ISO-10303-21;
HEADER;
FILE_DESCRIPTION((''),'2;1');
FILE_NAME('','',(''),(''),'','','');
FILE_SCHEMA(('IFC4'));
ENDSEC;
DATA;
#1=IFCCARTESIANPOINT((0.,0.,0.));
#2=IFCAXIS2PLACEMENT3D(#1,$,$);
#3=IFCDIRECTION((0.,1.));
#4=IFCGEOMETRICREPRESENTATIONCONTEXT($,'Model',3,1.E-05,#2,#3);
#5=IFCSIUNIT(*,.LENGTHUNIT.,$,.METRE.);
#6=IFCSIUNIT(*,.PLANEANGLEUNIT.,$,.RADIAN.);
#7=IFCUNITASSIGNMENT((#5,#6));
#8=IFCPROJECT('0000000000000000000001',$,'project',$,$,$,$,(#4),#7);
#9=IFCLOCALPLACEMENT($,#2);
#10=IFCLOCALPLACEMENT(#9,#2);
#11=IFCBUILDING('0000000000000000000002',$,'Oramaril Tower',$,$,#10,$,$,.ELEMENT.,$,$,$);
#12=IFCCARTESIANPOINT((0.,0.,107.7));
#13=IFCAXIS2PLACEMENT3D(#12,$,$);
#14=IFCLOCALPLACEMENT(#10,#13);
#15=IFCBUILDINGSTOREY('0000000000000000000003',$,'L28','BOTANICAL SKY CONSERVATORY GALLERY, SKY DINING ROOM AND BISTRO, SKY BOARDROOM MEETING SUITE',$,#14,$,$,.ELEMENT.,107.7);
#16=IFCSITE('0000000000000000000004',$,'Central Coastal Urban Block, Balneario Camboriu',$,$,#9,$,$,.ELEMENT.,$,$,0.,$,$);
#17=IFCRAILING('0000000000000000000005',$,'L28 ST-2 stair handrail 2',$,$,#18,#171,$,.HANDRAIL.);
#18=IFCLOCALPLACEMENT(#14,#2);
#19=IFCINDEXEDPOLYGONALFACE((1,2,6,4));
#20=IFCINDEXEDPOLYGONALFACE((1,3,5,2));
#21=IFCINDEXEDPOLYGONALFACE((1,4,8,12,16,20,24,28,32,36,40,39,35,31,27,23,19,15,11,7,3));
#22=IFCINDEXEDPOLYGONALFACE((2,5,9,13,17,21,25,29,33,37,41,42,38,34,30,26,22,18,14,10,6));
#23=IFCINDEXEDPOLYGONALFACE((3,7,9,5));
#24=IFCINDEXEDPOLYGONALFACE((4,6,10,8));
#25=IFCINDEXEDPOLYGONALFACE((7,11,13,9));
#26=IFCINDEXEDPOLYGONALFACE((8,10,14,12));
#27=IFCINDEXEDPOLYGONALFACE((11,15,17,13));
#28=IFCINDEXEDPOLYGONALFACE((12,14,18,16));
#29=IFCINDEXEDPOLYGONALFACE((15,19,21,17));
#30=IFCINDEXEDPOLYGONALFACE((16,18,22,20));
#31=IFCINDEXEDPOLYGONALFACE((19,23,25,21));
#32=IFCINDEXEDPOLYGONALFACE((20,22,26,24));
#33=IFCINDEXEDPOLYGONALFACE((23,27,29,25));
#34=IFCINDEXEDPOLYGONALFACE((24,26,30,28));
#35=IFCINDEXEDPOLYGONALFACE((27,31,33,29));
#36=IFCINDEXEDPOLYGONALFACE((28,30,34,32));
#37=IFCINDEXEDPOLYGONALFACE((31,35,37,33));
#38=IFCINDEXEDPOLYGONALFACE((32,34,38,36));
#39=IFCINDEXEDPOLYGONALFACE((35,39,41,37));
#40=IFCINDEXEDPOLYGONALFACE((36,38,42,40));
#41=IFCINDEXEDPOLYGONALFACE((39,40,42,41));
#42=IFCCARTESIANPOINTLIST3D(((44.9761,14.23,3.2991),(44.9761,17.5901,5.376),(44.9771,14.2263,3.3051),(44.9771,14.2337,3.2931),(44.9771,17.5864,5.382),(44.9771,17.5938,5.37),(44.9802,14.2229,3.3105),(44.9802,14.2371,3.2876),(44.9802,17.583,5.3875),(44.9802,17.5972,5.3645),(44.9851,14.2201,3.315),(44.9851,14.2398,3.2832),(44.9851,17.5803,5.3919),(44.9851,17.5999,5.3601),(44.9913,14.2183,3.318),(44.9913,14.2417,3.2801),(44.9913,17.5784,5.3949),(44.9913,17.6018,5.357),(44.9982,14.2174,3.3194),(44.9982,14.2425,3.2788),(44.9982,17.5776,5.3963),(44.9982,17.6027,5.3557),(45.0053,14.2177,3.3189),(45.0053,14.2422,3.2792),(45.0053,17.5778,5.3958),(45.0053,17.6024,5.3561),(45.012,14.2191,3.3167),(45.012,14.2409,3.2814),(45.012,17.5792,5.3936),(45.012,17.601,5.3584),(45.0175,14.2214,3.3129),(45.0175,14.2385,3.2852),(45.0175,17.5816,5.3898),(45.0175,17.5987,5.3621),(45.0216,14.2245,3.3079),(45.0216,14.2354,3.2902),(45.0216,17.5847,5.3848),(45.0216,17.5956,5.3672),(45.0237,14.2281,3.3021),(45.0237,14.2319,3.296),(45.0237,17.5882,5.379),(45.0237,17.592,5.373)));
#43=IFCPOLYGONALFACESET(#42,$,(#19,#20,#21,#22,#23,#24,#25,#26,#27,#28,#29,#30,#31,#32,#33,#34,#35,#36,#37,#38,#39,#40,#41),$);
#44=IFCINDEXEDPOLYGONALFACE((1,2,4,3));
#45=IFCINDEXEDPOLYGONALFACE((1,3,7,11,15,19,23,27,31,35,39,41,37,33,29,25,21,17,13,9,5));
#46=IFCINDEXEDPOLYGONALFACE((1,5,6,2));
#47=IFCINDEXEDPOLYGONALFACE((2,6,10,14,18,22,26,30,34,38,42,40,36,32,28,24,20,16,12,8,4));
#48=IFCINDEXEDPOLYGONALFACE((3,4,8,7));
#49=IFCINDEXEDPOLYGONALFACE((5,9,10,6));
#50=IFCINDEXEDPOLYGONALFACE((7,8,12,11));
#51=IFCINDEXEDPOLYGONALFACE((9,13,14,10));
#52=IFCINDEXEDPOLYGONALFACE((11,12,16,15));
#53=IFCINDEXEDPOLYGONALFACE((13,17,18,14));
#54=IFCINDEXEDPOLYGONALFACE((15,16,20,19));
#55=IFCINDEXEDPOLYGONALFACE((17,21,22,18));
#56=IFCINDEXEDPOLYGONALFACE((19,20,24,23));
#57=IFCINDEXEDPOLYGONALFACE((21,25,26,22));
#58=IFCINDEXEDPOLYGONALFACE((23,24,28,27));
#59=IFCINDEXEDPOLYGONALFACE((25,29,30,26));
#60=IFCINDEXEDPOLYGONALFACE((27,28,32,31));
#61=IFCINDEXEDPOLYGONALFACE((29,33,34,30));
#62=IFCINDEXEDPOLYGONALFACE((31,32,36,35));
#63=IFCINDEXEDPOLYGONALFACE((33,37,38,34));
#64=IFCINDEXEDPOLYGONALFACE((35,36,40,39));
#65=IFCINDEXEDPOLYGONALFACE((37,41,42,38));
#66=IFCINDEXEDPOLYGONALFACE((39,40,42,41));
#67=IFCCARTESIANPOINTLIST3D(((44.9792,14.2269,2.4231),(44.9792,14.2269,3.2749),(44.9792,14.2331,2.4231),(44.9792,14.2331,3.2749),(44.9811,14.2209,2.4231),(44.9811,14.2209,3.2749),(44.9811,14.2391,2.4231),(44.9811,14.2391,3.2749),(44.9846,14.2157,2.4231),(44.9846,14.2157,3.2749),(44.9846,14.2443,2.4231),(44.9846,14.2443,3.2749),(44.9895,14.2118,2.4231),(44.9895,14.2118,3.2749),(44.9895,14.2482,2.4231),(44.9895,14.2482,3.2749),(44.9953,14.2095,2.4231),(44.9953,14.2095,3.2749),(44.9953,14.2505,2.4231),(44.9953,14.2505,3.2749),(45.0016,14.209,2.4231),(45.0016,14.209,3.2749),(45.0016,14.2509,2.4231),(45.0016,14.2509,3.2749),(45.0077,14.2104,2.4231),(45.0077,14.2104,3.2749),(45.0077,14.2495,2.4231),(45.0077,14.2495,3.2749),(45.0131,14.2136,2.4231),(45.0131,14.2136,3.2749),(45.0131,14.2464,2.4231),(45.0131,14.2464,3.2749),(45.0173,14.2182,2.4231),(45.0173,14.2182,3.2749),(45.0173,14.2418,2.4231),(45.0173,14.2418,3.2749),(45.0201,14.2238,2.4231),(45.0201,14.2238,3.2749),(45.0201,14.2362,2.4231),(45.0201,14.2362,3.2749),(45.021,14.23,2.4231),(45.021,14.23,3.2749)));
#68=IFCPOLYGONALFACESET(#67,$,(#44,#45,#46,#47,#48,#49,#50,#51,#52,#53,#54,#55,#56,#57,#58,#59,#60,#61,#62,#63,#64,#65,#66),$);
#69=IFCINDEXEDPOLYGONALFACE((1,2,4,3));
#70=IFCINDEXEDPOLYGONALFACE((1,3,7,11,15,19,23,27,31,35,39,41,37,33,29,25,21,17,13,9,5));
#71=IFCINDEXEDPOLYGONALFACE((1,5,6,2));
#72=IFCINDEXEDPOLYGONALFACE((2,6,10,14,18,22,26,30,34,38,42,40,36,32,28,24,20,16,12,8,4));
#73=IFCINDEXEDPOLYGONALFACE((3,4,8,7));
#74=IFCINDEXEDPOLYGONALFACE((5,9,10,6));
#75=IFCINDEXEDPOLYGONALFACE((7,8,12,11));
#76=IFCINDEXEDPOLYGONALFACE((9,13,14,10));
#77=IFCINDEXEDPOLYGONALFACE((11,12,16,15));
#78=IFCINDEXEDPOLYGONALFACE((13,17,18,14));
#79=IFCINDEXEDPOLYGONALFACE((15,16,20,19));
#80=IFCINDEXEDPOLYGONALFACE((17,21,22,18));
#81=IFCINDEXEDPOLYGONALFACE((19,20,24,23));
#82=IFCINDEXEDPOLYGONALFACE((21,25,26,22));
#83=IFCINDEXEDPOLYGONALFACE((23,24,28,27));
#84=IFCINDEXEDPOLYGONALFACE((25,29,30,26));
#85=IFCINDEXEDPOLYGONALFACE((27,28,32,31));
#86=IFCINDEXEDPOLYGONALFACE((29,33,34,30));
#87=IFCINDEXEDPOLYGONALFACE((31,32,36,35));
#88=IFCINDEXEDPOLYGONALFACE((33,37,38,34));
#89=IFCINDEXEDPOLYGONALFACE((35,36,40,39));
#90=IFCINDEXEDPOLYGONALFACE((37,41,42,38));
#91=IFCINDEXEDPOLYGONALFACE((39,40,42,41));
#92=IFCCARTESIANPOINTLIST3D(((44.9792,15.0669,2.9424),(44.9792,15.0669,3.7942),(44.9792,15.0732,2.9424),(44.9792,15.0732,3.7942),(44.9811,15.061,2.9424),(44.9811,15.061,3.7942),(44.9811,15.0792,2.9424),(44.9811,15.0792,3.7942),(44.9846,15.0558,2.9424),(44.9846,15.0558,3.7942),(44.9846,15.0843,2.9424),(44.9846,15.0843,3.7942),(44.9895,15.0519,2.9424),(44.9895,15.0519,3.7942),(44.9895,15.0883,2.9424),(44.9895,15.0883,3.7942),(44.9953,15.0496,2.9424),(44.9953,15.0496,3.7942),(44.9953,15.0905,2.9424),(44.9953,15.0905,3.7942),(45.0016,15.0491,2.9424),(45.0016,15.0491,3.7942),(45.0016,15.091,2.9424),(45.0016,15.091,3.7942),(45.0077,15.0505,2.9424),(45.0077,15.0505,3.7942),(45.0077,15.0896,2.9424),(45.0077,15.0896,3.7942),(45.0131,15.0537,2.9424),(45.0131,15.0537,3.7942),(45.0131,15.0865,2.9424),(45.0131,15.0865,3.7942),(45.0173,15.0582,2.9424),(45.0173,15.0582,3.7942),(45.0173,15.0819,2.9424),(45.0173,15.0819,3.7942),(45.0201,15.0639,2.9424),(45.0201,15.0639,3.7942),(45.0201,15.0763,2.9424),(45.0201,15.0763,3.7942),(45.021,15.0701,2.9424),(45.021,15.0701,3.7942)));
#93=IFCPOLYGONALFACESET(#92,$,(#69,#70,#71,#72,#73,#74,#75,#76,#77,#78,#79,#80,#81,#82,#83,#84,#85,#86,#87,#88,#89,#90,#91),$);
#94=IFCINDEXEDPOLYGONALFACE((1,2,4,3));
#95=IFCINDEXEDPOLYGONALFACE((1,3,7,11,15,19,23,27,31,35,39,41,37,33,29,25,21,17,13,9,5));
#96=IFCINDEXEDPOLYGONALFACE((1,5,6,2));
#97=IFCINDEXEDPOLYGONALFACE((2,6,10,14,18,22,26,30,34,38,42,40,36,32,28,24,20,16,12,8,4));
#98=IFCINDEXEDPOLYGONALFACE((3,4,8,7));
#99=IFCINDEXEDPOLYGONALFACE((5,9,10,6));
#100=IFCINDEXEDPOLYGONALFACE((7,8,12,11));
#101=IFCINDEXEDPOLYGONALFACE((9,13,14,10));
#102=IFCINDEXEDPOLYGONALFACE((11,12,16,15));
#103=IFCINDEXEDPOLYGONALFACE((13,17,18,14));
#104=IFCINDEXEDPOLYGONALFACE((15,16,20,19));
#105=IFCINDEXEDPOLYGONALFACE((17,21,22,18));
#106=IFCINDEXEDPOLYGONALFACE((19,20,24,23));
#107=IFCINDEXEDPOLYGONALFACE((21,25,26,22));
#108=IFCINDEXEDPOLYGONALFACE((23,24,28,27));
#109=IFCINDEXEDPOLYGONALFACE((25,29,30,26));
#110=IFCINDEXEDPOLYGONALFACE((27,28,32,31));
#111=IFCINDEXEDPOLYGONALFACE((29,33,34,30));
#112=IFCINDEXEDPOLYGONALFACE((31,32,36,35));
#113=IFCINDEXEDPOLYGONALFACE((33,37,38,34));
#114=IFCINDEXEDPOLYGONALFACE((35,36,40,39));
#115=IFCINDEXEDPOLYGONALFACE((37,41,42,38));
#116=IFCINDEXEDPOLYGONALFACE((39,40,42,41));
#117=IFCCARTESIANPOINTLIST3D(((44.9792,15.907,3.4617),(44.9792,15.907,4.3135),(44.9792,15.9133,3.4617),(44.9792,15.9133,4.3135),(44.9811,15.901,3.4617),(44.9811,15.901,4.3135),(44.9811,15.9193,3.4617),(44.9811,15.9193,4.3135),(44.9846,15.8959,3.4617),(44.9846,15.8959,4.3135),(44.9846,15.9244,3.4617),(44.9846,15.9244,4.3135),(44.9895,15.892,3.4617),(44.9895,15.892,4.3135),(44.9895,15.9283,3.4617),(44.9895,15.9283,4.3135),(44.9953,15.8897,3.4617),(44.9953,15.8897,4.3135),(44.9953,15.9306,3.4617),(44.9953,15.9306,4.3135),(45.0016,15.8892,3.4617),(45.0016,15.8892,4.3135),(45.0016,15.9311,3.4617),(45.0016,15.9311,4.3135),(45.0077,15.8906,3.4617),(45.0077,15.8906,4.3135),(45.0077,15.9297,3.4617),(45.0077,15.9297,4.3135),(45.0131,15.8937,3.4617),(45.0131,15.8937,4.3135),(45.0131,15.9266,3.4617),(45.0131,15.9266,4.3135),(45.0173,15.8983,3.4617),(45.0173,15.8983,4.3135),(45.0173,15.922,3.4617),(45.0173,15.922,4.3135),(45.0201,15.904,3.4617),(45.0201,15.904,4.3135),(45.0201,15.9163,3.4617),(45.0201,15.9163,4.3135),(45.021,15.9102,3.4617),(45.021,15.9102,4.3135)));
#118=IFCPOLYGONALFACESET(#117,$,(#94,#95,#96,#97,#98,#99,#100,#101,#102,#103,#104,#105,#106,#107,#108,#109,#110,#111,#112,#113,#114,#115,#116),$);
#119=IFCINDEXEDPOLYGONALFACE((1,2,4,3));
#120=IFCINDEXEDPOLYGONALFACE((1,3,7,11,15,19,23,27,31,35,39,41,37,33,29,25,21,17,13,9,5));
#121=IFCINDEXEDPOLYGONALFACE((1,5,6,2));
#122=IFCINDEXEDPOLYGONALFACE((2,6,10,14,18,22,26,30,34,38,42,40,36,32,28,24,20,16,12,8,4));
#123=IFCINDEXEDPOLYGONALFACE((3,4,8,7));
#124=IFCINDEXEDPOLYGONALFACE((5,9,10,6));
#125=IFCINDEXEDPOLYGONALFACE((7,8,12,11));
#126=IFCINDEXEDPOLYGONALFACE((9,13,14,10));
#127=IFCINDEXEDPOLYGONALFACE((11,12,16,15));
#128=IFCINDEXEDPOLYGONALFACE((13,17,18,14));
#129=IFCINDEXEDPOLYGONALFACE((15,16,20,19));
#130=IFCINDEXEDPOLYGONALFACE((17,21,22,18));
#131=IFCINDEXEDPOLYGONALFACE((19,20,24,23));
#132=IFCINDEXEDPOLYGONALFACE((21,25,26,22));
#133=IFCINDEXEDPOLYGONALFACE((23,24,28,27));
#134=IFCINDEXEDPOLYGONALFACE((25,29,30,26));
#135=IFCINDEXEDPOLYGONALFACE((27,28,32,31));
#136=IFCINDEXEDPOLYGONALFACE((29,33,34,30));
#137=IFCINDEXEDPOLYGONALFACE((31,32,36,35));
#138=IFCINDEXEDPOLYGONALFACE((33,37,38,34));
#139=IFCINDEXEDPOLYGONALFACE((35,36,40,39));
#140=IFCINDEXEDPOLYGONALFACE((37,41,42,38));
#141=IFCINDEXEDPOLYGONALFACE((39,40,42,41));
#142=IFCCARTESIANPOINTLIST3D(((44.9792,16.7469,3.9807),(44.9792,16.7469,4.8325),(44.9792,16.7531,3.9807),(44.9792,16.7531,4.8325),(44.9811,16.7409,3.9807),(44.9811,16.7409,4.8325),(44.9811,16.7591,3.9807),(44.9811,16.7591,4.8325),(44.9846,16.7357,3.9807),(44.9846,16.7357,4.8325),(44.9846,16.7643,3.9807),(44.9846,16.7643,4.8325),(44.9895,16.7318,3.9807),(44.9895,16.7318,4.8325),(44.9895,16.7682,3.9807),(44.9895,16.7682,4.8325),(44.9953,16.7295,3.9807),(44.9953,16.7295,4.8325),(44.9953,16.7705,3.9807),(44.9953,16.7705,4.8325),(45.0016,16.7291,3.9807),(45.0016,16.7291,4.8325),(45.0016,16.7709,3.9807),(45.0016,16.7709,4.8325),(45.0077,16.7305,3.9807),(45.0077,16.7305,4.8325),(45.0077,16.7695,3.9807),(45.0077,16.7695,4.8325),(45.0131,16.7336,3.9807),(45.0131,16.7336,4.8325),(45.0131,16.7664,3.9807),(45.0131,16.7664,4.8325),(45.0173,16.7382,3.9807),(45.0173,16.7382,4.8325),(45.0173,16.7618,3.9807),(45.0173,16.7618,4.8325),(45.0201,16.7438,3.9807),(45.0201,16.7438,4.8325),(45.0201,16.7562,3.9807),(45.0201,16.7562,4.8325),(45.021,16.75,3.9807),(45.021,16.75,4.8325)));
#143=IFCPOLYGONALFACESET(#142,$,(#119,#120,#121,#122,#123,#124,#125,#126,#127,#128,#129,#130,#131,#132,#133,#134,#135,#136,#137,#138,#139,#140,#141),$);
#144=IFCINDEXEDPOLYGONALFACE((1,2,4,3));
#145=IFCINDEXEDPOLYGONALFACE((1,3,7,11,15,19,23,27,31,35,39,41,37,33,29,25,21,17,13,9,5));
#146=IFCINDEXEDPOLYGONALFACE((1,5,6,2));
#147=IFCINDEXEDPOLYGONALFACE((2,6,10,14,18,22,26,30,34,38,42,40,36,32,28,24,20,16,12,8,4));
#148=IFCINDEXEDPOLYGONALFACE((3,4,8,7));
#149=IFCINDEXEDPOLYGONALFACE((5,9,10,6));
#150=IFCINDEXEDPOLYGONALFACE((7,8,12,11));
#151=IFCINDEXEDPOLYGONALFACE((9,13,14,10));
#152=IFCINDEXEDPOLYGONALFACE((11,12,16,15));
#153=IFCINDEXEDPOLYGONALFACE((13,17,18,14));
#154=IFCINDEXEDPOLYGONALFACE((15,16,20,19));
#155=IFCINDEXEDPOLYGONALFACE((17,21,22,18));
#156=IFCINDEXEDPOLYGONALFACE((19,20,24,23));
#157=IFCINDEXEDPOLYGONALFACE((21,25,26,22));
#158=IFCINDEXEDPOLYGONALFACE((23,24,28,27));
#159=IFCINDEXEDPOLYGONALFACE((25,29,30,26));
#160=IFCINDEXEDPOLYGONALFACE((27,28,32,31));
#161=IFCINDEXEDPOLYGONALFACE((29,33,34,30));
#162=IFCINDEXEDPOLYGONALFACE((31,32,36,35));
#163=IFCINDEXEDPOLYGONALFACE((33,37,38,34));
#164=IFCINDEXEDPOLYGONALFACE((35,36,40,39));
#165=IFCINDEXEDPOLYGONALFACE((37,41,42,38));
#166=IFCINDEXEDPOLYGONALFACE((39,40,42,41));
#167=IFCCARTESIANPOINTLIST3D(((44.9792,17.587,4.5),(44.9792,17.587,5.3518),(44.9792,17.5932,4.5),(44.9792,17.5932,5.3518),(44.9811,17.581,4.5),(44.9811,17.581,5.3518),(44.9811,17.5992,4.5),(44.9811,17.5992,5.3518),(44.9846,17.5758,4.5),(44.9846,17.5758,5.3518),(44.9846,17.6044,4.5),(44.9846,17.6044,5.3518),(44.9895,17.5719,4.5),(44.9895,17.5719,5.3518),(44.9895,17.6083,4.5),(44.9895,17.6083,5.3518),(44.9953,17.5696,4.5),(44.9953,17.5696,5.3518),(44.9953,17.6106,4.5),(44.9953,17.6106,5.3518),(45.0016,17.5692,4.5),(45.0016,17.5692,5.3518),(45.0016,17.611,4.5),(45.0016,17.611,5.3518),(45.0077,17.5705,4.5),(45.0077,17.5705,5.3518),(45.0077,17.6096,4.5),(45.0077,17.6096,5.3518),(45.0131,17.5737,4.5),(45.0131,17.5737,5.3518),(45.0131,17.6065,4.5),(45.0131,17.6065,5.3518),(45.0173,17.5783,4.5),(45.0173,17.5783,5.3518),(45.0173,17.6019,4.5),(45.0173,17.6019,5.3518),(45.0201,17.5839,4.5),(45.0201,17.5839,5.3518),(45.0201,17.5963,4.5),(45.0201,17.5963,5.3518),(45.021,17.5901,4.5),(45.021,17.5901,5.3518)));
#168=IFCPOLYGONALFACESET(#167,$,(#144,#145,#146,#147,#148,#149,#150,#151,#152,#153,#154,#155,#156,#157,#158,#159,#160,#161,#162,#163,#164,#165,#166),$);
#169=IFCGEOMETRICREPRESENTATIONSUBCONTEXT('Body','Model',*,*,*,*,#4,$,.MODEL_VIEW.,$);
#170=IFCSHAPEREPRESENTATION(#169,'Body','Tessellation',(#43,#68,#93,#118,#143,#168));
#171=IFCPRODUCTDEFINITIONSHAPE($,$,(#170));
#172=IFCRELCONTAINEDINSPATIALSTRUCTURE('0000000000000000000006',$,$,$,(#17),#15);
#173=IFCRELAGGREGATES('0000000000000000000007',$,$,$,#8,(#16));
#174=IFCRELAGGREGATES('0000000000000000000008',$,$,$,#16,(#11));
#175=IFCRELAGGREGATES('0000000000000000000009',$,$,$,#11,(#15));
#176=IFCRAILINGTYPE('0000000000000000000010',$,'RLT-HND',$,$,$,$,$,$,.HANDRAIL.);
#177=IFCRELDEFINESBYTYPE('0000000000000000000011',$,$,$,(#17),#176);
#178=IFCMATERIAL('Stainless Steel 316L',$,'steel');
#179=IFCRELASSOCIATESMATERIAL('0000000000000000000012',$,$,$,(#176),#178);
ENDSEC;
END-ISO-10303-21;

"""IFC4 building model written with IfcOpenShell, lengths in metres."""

from ifc_helpers import new_model, si_unit, direction, frame, origin, origin_2d, place, context, subcontext, project, spatial, circle, extrude, material, type_object, element, save


model = new_model("IFC4")

# Units and contexts
model_context = context("Model", 3, precision=1e-05, world=origin(), true_north=direction((0.0, 1.0)))
body_context = subcontext(model_context, "Body", "Model", "MODEL_VIEW")
ifc_project = project(units=[si_unit("LENGTHUNIT", "METRE"), si_unit("PLANEANGLEUNIT", "RADIAN")], contexts=[model_context])

# Site, building, storey
site_placement = place(None, origin())
site = spatial("IfcSite", under=ifc_project, at=site_placement, Name="Central Coastal Urban Block, Balneario Camboriu", CompositionType="ELEMENT", RefElevation=0.0)
building_placement = place(site_placement, origin())
building = spatial("IfcBuilding", under=site, at=building_placement, Name="Oramaril Tower", CompositionType="ELEMENT")
storey_placement = place(building_placement, frame((0.0, 0.0, 107.7)))
storey = spatial("IfcBuildingStorey", under=building, at=storey_placement, Name="L28", Description="BOTANICAL SKY CONSERVATORY GALLERY, SKY DINING ROOM AND BISTRO, SKY BOARDROOM MEETING SUITE", CompositionType="ELEMENT", Elevation=107.7)

# Railing
ifc_material_1 = material(Name="Stainless Steel 316L", Category="steel")
railing_type = type_object("IfcRailingType", Name="RLT-HND", PredefinedType="HANDRAIL", material=ifc_material_1)
railing_placement = place(storey_placement, frame((45.0, 14.23, 2.4231)))
element("IfcRailing", 1, at=railing_placement, inside=storey, type_object=railing_type, Name="L28 ST-2 stair handrail 2", PredefinedType="HANDRAIL", context=body_context, shape_type="SweptSolid", body=[
    extrude(circle(Radius=0.0239, at=origin_2d()), frame((0.0, 0.0, 0.876), z_axis=(0.0, 0.850623, 0.525776), x_axis=(-1.0, 0.0, 0.0)), (0.0, 0.0, 1.0), 3.9502),
    extrude(circle(Radius=0.021, at=origin_2d()), origin(), (0.0, 0.0, 1.0), 0.8518),
    extrude(circle(Radius=0.021, at=origin_2d()), frame((0.0, 0.8401, 0.5193)), (0.0, 0.0, 1.0), 0.8518),
    extrude(circle(Radius=0.021, at=origin_2d()), frame((0.0, 1.6802, 1.0386)), (0.0, 0.0, 1.0), 0.8518),
    extrude(circle(Radius=0.021, at=origin_2d()), frame((0.0, 2.52, 1.5576)), (0.0, 0.0, 1.0), 0.8518),
    extrude(circle(Radius=0.021, at=origin_2d()), frame((0.0, 3.3601, 2.0769)), (0.0, 0.0, 1.0), 0.8518),
])

save(model, "model.ifc")
